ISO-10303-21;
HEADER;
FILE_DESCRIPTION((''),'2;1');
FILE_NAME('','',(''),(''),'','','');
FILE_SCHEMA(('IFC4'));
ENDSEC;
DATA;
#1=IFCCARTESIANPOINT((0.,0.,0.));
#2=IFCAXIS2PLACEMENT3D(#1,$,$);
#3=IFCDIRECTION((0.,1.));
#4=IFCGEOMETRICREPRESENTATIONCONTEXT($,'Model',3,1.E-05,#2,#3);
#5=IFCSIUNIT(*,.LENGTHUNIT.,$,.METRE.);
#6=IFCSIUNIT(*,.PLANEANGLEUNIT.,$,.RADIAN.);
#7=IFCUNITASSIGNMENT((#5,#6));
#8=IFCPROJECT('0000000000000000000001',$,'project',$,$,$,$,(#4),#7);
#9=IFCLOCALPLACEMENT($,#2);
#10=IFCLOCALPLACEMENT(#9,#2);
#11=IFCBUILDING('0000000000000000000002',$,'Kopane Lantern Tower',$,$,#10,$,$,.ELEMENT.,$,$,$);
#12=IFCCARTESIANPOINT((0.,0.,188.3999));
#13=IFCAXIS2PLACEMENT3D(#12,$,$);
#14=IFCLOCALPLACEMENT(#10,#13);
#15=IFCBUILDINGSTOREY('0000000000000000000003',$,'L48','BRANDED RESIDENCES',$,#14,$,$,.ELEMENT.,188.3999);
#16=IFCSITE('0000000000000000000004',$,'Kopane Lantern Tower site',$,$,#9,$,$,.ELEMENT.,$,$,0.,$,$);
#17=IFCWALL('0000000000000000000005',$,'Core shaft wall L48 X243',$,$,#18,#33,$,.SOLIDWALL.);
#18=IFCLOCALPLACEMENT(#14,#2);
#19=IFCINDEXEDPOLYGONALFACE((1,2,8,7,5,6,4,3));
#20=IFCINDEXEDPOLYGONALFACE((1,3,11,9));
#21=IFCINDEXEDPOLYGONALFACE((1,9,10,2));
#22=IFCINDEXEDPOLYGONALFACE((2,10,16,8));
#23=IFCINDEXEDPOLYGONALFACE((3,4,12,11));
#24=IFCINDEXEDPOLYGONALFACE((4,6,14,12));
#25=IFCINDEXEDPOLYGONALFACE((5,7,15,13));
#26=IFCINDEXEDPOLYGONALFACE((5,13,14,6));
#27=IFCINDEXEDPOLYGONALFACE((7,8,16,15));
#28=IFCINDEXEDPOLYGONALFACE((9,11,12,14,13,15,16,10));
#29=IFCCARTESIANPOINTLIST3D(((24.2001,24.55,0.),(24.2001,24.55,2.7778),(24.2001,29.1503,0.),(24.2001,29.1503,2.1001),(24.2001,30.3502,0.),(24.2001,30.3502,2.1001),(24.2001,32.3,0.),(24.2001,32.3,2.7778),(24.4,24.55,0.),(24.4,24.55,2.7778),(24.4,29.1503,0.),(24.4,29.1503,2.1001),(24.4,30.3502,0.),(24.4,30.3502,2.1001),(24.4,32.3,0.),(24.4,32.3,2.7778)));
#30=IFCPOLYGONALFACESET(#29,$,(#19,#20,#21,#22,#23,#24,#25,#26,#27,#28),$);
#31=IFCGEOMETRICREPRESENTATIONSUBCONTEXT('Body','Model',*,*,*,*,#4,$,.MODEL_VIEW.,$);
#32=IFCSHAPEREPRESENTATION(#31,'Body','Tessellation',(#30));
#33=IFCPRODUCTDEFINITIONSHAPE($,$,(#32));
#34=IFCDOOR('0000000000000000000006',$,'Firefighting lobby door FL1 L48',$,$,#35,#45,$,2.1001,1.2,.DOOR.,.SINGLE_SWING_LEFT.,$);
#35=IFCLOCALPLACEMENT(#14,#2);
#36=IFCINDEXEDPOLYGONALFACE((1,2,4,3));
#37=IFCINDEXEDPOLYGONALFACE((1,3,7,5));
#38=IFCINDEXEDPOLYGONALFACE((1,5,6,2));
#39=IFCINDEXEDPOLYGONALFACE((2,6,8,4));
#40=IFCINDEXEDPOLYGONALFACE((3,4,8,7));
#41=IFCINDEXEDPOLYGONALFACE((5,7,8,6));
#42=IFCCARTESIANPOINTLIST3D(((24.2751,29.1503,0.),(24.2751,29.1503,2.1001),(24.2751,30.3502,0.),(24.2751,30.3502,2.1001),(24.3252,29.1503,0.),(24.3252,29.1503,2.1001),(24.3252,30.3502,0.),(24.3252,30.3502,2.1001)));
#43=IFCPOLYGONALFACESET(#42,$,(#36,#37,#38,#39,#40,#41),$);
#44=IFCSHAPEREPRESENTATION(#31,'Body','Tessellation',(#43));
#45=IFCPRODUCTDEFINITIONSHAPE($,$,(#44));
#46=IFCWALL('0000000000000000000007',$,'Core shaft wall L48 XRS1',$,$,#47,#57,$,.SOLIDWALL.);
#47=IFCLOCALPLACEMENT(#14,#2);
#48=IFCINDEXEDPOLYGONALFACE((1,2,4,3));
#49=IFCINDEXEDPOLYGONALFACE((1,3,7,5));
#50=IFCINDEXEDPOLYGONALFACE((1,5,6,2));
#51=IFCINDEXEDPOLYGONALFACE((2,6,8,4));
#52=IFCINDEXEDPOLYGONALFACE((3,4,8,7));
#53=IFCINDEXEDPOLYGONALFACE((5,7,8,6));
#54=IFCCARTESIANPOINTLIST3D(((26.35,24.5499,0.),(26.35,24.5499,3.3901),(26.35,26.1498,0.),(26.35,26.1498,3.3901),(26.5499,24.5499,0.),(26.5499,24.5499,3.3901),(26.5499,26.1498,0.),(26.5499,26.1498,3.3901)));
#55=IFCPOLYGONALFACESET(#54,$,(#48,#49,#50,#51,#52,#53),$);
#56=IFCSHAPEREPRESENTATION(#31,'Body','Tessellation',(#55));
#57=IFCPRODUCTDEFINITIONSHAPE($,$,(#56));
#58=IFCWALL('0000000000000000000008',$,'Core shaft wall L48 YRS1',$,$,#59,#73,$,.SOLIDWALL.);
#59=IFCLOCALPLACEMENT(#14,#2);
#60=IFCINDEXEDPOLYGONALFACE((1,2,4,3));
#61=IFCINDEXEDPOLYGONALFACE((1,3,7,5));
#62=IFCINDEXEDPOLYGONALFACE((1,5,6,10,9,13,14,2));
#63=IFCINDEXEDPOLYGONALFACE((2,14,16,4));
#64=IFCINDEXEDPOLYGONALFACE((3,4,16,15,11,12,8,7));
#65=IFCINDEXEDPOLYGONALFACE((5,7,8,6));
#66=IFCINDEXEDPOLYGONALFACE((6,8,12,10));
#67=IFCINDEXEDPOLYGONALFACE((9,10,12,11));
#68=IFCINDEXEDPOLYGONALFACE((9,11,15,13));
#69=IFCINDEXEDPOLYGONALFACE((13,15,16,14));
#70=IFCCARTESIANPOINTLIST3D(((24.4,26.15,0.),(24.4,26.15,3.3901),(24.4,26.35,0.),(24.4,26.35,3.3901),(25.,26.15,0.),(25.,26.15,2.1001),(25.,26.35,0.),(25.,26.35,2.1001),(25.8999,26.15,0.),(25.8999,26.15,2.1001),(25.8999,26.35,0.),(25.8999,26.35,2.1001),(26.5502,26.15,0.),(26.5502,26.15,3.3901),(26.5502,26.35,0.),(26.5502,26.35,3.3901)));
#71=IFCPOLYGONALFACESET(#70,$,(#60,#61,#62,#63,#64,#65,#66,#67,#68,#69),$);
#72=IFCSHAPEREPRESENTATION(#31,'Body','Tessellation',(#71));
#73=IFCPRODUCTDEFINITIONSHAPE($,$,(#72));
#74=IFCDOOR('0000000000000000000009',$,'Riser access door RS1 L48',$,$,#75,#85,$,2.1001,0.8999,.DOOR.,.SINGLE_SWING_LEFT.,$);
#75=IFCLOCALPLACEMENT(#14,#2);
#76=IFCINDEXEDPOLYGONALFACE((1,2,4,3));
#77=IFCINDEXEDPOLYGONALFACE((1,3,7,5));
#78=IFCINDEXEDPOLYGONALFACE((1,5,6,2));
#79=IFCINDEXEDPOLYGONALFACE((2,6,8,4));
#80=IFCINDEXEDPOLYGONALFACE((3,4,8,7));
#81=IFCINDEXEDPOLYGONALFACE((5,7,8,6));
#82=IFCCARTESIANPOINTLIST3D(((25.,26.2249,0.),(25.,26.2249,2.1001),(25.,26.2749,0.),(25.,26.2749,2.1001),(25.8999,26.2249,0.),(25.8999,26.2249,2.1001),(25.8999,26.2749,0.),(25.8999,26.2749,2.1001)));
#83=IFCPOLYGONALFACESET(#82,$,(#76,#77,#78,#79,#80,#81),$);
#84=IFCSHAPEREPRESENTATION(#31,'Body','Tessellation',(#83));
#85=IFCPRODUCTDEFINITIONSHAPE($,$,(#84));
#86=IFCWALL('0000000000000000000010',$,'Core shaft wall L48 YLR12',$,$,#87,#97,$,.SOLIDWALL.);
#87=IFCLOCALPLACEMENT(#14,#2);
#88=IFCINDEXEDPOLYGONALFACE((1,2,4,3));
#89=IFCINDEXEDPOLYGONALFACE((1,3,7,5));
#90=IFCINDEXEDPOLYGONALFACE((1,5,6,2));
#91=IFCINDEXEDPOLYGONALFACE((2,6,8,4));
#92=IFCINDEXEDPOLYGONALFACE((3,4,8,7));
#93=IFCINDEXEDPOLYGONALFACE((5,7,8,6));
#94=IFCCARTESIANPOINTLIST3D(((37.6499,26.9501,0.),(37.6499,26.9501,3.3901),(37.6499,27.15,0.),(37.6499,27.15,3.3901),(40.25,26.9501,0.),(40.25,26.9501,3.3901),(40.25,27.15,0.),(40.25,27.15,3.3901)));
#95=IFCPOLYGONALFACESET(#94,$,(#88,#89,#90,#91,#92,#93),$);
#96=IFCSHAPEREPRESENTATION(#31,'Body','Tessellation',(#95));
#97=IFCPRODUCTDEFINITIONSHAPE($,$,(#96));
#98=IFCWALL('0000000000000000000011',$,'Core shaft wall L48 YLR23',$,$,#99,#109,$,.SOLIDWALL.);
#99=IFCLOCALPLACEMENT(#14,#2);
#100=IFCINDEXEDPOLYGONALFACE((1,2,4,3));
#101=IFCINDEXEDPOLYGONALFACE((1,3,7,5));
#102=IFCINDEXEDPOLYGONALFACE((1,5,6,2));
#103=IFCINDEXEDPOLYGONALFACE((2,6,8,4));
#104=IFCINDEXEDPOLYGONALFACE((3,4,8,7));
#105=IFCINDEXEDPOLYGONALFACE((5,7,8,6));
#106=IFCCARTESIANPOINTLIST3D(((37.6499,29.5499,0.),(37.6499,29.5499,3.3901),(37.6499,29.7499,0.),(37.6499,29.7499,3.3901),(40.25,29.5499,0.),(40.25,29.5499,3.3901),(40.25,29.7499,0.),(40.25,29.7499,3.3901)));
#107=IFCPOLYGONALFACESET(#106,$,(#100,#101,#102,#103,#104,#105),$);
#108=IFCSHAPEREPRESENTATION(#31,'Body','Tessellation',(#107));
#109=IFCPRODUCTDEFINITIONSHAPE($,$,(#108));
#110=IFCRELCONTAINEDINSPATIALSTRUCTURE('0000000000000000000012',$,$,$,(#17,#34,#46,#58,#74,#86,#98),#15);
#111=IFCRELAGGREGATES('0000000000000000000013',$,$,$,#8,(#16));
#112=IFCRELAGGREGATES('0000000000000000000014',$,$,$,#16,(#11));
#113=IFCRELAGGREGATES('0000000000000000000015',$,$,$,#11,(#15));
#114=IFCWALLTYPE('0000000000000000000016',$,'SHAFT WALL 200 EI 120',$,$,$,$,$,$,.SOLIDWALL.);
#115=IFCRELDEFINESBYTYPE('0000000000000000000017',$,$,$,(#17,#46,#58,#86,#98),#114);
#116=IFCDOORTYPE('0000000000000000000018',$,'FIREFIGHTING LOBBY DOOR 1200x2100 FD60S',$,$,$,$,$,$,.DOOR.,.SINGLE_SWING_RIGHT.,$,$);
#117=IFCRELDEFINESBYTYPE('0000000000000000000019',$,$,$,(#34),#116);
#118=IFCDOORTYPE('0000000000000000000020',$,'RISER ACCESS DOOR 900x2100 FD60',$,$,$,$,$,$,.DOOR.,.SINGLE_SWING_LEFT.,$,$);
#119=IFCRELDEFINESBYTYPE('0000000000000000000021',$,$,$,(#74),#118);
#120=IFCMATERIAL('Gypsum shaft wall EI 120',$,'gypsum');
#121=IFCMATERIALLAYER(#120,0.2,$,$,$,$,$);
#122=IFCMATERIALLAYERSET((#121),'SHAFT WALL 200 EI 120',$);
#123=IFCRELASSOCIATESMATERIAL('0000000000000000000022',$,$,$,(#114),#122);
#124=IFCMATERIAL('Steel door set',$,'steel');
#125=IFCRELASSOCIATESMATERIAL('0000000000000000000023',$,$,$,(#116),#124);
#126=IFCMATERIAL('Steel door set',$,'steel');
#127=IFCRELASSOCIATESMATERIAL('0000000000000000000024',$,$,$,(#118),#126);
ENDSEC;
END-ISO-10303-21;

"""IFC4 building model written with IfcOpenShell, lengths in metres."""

from ifc_helpers import new_model, si_unit, direction, frame, frame_2d, origin, place, context, subcontext, project, spatial, rectangle, extrude, material, layer, layer_set, type_object, element, fill, save


model = new_model("IFC4")

# Units and contexts
model_context = context("Model", 3, precision=1e-05, world=origin(), true_north=direction((0.0, 1.0)))
body_context = subcontext(model_context, "Body", "Model", "MODEL_VIEW")
ifc_project = project(units=[si_unit("LENGTHUNIT", "METRE"), si_unit("PLANEANGLEUNIT", "RADIAN")], contexts=[model_context])

# Site, building, storey
site_placement = place(None, origin())
site = spatial("IfcSite", under=ifc_project, at=site_placement, Name="Kopane Lantern Tower site", CompositionType="ELEMENT", RefElevation=0.0)
building_placement = place(site_placement, origin())
building = spatial("IfcBuilding", under=site, at=building_placement, Name="Kopane Lantern Tower", CompositionType="ELEMENT")
storey_placement = place(building_placement, frame((0.0, 0.0, 188.3999)))
storey = spatial("IfcBuildingStorey", under=building, at=storey_placement, Name="L48", Description="BRANDED RESIDENCES", CompositionType="ELEMENT", Elevation=188.3999)

# Wall, opening, door
ifc_material_1 = material(Name="Gypsum shaft wall EI 120", Category="gypsum")
ifc_layer_1 = layer(ifc_material_1, 0.2)
ifc_layer_set_1 = layer_set([ifc_layer_1], Name="SHAFT WALL 200 EI 120")
wall_type_1 = type_object("IfcWallType", Name="SHAFT WALL 200 EI 120", PredefinedType="SOLIDWALL", material=ifc_layer_set_1)
wall_1_placement = place(storey_placement, frame((24.3, 24.55, 0.0), z_axis=(0.0, 0.0, 1.0), x_axis=(0.0, 1.0, 0.0)))
wall_1 = element("IfcWall", 1, at=wall_1_placement, inside=storey, type_object=wall_type_1, Name="Core shaft wall L48 X243", PredefinedType="SOLIDWALL", context=body_context, shape_type="SweptSolid", body=[
    extrude(rectangle(XDim=7.75, YDim=0.2, at=frame_2d((3.875, 0.0))), origin(), (0.0, 0.0, 1.0), 2.7778),
])
opening_1_placement = place(wall_1_placement, frame((4.6001, 0.0, 0.0)))
opening_1 = element("IfcOpeningElement", 2, at=opening_1_placement, cuts=wall_1, PredefinedType="OPENING", context=body_context, shape_type="SweptSolid", body=[
    extrude(rectangle(XDim=1.2, YDim=2.1001, at=frame_2d((0.6001, 1.05))), frame((0.0, 0.1099, 0.0), z_axis=(0.0, -1.0, 0.0), x_axis=(1.0, 0.0, 0.0)), (0.0, 0.0, 1.0), 0.22),
])
ifc_material_2 = material(Name="Steel door set", Category="steel")
door_type_1 = type_object("IfcDoorType", Name="FIREFIGHTING LOBBY DOOR 1200x2100 FD60S", OperationType="SINGLE_SWING_RIGHT", PredefinedType="DOOR", material=ifc_material_2)
door_1_placement = place(opening_1_placement, origin())
door_1 = element("IfcDoor", 3, at=door_1_placement, inside=storey, type_object=door_type_1, Name="Firefighting lobby door FL1 L48", OperationType="SINGLE_SWING_LEFT", OverallHeight=2.1001, OverallWidth=1.2, PredefinedType="DOOR", context=body_context, shape_type="SweptSolid", body=[
    extrude(rectangle(XDim=1.2, YDim=2.1001, at=frame_2d((0.6001, 1.05))), frame((0.0, 0.0249, 0.0), z_axis=(0.0, -1.0, 0.0), x_axis=(1.0, 0.0, 0.0)), (0.0, 0.0, 1.0), 0.05),
])
fill(opening_1, door_1)

# Wall
wall_2_placement = place(storey_placement, frame((26.45, 24.55, 0.0), z_axis=(0.0, 0.0, 1.0), x_axis=(0.0, 1.0, 0.0)))
element("IfcWall", 4, at=wall_2_placement, inside=storey, type_object=wall_type_1, Name="Core shaft wall L48 XRS1", PredefinedType="SOLIDWALL", context=body_context, shape_type="SweptSolid", body=[
    extrude(rectangle(XDim=1.5999, YDim=0.2, at=frame_2d((0.7998, 0.0))), origin(), (0.0, 0.0, 1.0), 3.3901),
])

# Wall, opening, door
wall_3_placement = place(storey_placement, frame((24.3999, 26.25, 0.0), z_axis=(0.0, 0.0, 1.0), x_axis=(1.0, 0.0, 0.0)))
wall_3 = element("IfcWall", 5, at=wall_3_placement, inside=storey, type_object=wall_type_1, Name="Core shaft wall L48 YRS1", PredefinedType="SOLIDWALL", context=body_context, shape_type="SweptSolid", body=[
    extrude(rectangle(XDim=2.1501, YDim=0.2, at=frame_2d((1.0752, 0.0))), origin(), (0.0, 0.0, 1.0), 3.3901),
])
opening_2_placement = place(wall_3_placement, frame((0.6001, 0.0, 0.0)))
opening_2 = element("IfcOpeningElement", 6, at=opening_2_placement, cuts=wall_3, PredefinedType="OPENING", context=body_context, shape_type="SweptSolid", body=[
    extrude(rectangle(XDim=0.8999, YDim=2.1001, at=frame_2d((0.45, 1.05))), frame((0.0, 0.1099, 0.0), z_axis=(0.0, -1.0, 0.0), x_axis=(1.0, 0.0, 0.0)), (0.0, 0.0, 1.0), 0.22),
])
ifc_material_3 = material(Name="Steel door set", Category="steel")
door_type_2 = type_object("IfcDoorType", Name="RISER ACCESS DOOR 900x2100 FD60", OperationType="SINGLE_SWING_LEFT", PredefinedType="DOOR", material=ifc_material_3)
door_2_placement = place(opening_2_placement, origin())
door_2 = element("IfcDoor", 7, at=door_2_placement, inside=storey, type_object=door_type_2, Name="Riser access door RS1 L48", OperationType="SINGLE_SWING_LEFT", OverallHeight=2.1001, OverallWidth=0.8999, PredefinedType="DOOR", context=body_context, shape_type="SweptSolid", body=[
    extrude(rectangle(XDim=0.8999, YDim=2.1001, at=frame_2d((0.45, 1.05))), frame((0.0, 0.0249, 0.0), z_axis=(0.0, -1.0, 0.0), x_axis=(1.0, 0.0, 0.0)), (0.0, 0.0, 1.0), 0.05),
])
fill(opening_2, door_2)

# Walls
for number, where, z_axis, x_axis, name in (
    (8, (37.6499, 27.05, 0.0), (0.0, 0.0, 1.0), (1.0, 0.0, 0.0), "Core shaft wall L48 YLR12"),
    (9, (37.6499, 29.6499, 0.0), (0.0, 0.0, 1.0), (1.0, 0.0, 0.0), "Core shaft wall L48 YLR23"),
):
    element("IfcWall", number, at=place(storey_placement, frame(where, z_axis=z_axis, x_axis=x_axis)), inside=storey, type_object=wall_type_1, Name=name, PredefinedType="SOLIDWALL", context=body_context, shape_type="SweptSolid", body=[
        extrude(rectangle(XDim=2.6001, YDim=0.2, at=frame_2d((1.3, 0.0))), origin(), (0.0, 0.0, 1.0), 3.3901),
    ])

save(model, "model.ifc")
